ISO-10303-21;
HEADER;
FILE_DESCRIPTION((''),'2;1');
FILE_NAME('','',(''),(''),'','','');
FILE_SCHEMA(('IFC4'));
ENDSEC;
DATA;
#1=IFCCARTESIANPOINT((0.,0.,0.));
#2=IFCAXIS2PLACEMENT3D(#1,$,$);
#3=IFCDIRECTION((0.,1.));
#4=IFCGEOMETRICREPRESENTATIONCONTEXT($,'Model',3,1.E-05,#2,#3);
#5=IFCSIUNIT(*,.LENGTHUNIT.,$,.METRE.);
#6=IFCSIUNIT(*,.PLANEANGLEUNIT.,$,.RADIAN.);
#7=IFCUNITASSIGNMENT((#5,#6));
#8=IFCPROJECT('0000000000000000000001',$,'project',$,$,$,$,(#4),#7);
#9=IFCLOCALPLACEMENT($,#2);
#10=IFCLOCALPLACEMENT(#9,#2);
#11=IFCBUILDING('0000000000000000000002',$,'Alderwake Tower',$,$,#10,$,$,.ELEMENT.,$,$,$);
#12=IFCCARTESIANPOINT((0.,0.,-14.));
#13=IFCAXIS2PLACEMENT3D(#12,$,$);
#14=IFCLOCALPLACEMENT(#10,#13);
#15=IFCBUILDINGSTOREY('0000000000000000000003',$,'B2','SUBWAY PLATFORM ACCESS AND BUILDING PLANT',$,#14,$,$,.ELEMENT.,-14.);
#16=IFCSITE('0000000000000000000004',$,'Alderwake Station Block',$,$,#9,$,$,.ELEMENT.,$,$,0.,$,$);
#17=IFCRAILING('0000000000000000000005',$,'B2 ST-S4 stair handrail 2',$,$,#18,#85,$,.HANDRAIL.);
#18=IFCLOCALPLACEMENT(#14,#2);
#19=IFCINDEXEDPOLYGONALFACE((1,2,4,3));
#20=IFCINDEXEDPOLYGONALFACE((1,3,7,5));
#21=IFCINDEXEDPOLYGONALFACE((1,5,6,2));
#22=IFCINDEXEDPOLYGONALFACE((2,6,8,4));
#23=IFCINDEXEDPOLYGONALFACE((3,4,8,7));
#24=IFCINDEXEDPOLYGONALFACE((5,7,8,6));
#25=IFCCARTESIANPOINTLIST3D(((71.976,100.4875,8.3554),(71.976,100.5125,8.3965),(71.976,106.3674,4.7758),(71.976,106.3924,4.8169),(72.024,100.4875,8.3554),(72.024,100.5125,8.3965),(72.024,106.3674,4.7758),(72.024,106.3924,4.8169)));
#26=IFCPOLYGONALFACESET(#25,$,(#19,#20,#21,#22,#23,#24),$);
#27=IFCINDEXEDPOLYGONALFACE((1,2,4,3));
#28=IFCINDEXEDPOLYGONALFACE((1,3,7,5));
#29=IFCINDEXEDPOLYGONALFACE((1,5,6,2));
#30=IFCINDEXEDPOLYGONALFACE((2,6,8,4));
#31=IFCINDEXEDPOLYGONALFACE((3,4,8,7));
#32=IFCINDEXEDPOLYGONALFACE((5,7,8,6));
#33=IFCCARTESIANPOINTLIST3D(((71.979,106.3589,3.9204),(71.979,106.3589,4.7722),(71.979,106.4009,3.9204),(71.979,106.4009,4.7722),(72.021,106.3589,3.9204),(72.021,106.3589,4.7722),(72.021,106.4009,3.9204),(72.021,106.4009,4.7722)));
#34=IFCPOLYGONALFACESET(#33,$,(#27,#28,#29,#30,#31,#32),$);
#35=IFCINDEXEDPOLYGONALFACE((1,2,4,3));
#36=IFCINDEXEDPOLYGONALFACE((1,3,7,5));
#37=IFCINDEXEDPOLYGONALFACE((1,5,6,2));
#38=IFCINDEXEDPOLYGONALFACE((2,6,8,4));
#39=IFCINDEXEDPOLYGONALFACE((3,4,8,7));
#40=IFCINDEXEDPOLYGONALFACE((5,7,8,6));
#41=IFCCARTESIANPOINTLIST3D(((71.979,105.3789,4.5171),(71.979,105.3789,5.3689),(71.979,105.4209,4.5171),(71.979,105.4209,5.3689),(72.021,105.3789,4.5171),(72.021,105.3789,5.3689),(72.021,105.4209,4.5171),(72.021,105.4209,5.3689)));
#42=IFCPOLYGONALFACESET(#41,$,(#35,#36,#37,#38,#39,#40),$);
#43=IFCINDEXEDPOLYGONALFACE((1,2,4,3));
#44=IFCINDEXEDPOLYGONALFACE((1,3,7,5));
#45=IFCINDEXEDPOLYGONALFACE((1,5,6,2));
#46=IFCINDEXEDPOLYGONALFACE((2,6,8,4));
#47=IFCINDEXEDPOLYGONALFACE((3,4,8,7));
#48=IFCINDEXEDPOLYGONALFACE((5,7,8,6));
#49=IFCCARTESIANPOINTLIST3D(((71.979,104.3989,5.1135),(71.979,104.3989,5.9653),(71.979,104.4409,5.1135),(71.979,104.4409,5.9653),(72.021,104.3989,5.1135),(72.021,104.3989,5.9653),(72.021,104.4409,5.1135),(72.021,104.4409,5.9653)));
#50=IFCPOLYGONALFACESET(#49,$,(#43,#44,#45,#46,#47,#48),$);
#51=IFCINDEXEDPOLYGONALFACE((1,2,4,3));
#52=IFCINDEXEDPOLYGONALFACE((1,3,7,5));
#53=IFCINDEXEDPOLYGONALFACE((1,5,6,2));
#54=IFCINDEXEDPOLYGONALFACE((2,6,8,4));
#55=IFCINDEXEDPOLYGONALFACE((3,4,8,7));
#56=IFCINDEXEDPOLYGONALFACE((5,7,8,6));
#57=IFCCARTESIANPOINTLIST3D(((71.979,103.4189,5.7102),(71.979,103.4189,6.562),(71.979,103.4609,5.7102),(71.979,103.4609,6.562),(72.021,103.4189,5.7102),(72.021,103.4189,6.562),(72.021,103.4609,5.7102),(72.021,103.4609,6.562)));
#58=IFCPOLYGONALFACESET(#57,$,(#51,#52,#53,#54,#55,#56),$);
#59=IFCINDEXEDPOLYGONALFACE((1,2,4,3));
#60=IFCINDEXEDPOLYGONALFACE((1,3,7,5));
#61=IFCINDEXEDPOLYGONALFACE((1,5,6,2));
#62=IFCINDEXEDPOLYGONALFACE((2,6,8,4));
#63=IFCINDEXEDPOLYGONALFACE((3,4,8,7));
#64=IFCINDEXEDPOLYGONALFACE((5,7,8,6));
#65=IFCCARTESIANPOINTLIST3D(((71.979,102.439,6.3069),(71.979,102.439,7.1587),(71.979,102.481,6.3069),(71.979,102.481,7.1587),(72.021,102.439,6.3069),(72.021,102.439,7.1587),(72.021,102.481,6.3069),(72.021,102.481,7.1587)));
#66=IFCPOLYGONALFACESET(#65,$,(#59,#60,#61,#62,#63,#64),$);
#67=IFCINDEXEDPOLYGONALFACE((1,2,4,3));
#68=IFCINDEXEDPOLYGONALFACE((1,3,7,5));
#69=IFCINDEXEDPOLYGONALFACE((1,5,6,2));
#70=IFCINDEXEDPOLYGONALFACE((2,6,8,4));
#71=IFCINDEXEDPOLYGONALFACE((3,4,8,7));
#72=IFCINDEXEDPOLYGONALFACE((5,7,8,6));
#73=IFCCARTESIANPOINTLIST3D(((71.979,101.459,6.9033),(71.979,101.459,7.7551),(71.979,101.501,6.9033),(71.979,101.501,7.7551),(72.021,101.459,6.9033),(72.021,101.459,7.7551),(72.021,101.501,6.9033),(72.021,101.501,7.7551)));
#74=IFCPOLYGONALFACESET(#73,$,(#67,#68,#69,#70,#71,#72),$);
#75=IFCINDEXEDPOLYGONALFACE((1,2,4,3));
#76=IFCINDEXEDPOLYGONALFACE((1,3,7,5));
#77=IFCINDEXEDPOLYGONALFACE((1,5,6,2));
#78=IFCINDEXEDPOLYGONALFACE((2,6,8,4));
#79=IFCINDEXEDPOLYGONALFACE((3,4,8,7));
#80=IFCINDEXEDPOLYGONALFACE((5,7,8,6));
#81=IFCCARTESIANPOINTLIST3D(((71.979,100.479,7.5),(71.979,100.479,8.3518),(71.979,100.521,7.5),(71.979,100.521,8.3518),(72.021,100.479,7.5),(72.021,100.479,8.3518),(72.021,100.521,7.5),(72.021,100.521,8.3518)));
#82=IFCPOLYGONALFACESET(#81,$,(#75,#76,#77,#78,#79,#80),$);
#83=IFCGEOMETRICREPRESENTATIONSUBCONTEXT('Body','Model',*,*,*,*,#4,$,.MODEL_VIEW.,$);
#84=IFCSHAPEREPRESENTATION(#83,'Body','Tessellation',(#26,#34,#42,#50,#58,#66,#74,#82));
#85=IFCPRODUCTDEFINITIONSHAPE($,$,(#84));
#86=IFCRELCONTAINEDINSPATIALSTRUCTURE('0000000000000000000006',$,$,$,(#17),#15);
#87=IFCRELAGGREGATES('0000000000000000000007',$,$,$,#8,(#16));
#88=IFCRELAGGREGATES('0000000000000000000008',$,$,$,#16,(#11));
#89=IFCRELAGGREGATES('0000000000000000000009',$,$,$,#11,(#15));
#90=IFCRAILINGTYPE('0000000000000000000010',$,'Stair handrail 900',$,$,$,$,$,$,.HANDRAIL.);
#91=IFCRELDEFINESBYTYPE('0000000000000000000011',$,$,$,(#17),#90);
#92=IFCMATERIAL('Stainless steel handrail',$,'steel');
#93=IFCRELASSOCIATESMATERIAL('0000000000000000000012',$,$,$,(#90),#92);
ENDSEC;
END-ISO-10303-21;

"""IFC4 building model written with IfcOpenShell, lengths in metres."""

from ifc_helpers import new_model, si_unit, direction, frame, origin, origin_2d, place, context, subcontext, project, spatial, rectangle, extrude, material, type_object, element, save


model = new_model("IFC4")

# Units and contexts
model_context = context("Model", 3, precision=1e-05, world=origin(), true_north=direction((0.0, 1.0)))
body_context = subcontext(model_context, "Body", "Model", "MODEL_VIEW")
ifc_project = project(units=[si_unit("LENGTHUNIT", "METRE"), si_unit("PLANEANGLEUNIT", "RADIAN")], contexts=[model_context])

# Site, building, storey
site_placement = place(None, origin())
site = spatial("IfcSite", under=ifc_project, at=site_placement, Name="Alderwake Station Block", CompositionType="ELEMENT", RefElevation=0.0)
building_placement = place(site_placement, origin())
building = spatial("IfcBuilding", under=site, at=building_placement, Name="Alderwake Tower", CompositionType="ELEMENT")
storey_placement = place(building_placement, frame((0.0, 0.0, -14.0)))
storey = spatial("IfcBuildingStorey", under=building, at=storey_placement, Name="B2", Description="SUBWAY PLATFORM ACCESS AND BUILDING PLANT", CompositionType="ELEMENT", Elevation=-14.0)

# Railing
ifc_material_1 = material(Name="Stainless steel handrail", Category="steel")
railing_type_1 = type_object("IfcRailingType", Name="Stair handrail 900", PredefinedType="HANDRAIL", material=ifc_material_1)
railing_1_placement = place(storey_placement, frame((72.0, 106.3799, 3.9204)))
element("IfcRailing", 1, at=railing_1_placement, inside=storey, type_object=railing_type_1, Name="B2 ST-S4 stair handrail 2", PredefinedType="HANDRAIL", context=body_context, shape_type="SweptSolid", body=[
    extrude(rectangle(XDim=0.0481, YDim=0.0481, at=origin_2d()), frame((0.0, 0.0, 0.876), z_axis=(0.0, -0.854164, 0.520003), x_axis=(1.0, 0.0, 0.0)), (0.0, 0.0, 1.0), 6.8838),
    extrude(rectangle(XDim=0.042, YDim=0.042, at=origin_2d()), frame((0.0, 0.0, 0.0), z_axis=(0.0, 0.0, 1.0), x_axis=(0.0, -1.0, 0.0)), (0.0, 0.0, 1.0), 0.8518),
    extrude(rectangle(XDim=0.042, YDim=0.042, at=origin_2d()), frame((0.0, -0.98, 0.5967), z_axis=(0.0, 0.0, 1.0), x_axis=(0.0, -1.0, 0.0)), (0.0, 0.0, 1.0), 0.8518),
    extrude(rectangle(XDim=0.042, YDim=0.042, at=origin_2d()), frame((0.0, -1.96, 1.1931), z_axis=(0.0, 0.0, 1.0), x_axis=(0.0, -1.0, 0.0)), (0.0, 0.0, 1.0), 0.8518),
    extrude(rectangle(XDim=0.042, YDim=0.042, at=origin_2d()), frame((0.0, -2.9399, 1.7898), z_axis=(0.0, 0.0, 1.0), x_axis=(0.0, -1.0, 0.0)), (0.0, 0.0, 1.0), 0.8518),
    extrude(rectangle(XDim=0.042, YDim=0.042, at=origin_2d()), frame((0.0, -3.9199, 2.3865), z_axis=(0.0, 0.0, 1.0), x_axis=(0.0, -1.0, 0.0)), (0.0, 0.0, 1.0), 0.8518),
    extrude(rectangle(XDim=0.042, YDim=0.042, at=origin_2d()), frame((0.0, -4.8999, 2.9829), z_axis=(0.0, 0.0, 1.0), x_axis=(0.0, -1.0, 0.0)), (0.0, 0.0, 1.0), 0.8518),
    extrude(rectangle(XDim=0.042, YDim=0.042, at=origin_2d()), frame((0.0, -5.8799, 3.5796), z_axis=(0.0, 0.0, 1.0), x_axis=(0.0, -1.0, 0.0)), (0.0, 0.0, 1.0), 0.8518),
])

save(model, "model.ifc")
